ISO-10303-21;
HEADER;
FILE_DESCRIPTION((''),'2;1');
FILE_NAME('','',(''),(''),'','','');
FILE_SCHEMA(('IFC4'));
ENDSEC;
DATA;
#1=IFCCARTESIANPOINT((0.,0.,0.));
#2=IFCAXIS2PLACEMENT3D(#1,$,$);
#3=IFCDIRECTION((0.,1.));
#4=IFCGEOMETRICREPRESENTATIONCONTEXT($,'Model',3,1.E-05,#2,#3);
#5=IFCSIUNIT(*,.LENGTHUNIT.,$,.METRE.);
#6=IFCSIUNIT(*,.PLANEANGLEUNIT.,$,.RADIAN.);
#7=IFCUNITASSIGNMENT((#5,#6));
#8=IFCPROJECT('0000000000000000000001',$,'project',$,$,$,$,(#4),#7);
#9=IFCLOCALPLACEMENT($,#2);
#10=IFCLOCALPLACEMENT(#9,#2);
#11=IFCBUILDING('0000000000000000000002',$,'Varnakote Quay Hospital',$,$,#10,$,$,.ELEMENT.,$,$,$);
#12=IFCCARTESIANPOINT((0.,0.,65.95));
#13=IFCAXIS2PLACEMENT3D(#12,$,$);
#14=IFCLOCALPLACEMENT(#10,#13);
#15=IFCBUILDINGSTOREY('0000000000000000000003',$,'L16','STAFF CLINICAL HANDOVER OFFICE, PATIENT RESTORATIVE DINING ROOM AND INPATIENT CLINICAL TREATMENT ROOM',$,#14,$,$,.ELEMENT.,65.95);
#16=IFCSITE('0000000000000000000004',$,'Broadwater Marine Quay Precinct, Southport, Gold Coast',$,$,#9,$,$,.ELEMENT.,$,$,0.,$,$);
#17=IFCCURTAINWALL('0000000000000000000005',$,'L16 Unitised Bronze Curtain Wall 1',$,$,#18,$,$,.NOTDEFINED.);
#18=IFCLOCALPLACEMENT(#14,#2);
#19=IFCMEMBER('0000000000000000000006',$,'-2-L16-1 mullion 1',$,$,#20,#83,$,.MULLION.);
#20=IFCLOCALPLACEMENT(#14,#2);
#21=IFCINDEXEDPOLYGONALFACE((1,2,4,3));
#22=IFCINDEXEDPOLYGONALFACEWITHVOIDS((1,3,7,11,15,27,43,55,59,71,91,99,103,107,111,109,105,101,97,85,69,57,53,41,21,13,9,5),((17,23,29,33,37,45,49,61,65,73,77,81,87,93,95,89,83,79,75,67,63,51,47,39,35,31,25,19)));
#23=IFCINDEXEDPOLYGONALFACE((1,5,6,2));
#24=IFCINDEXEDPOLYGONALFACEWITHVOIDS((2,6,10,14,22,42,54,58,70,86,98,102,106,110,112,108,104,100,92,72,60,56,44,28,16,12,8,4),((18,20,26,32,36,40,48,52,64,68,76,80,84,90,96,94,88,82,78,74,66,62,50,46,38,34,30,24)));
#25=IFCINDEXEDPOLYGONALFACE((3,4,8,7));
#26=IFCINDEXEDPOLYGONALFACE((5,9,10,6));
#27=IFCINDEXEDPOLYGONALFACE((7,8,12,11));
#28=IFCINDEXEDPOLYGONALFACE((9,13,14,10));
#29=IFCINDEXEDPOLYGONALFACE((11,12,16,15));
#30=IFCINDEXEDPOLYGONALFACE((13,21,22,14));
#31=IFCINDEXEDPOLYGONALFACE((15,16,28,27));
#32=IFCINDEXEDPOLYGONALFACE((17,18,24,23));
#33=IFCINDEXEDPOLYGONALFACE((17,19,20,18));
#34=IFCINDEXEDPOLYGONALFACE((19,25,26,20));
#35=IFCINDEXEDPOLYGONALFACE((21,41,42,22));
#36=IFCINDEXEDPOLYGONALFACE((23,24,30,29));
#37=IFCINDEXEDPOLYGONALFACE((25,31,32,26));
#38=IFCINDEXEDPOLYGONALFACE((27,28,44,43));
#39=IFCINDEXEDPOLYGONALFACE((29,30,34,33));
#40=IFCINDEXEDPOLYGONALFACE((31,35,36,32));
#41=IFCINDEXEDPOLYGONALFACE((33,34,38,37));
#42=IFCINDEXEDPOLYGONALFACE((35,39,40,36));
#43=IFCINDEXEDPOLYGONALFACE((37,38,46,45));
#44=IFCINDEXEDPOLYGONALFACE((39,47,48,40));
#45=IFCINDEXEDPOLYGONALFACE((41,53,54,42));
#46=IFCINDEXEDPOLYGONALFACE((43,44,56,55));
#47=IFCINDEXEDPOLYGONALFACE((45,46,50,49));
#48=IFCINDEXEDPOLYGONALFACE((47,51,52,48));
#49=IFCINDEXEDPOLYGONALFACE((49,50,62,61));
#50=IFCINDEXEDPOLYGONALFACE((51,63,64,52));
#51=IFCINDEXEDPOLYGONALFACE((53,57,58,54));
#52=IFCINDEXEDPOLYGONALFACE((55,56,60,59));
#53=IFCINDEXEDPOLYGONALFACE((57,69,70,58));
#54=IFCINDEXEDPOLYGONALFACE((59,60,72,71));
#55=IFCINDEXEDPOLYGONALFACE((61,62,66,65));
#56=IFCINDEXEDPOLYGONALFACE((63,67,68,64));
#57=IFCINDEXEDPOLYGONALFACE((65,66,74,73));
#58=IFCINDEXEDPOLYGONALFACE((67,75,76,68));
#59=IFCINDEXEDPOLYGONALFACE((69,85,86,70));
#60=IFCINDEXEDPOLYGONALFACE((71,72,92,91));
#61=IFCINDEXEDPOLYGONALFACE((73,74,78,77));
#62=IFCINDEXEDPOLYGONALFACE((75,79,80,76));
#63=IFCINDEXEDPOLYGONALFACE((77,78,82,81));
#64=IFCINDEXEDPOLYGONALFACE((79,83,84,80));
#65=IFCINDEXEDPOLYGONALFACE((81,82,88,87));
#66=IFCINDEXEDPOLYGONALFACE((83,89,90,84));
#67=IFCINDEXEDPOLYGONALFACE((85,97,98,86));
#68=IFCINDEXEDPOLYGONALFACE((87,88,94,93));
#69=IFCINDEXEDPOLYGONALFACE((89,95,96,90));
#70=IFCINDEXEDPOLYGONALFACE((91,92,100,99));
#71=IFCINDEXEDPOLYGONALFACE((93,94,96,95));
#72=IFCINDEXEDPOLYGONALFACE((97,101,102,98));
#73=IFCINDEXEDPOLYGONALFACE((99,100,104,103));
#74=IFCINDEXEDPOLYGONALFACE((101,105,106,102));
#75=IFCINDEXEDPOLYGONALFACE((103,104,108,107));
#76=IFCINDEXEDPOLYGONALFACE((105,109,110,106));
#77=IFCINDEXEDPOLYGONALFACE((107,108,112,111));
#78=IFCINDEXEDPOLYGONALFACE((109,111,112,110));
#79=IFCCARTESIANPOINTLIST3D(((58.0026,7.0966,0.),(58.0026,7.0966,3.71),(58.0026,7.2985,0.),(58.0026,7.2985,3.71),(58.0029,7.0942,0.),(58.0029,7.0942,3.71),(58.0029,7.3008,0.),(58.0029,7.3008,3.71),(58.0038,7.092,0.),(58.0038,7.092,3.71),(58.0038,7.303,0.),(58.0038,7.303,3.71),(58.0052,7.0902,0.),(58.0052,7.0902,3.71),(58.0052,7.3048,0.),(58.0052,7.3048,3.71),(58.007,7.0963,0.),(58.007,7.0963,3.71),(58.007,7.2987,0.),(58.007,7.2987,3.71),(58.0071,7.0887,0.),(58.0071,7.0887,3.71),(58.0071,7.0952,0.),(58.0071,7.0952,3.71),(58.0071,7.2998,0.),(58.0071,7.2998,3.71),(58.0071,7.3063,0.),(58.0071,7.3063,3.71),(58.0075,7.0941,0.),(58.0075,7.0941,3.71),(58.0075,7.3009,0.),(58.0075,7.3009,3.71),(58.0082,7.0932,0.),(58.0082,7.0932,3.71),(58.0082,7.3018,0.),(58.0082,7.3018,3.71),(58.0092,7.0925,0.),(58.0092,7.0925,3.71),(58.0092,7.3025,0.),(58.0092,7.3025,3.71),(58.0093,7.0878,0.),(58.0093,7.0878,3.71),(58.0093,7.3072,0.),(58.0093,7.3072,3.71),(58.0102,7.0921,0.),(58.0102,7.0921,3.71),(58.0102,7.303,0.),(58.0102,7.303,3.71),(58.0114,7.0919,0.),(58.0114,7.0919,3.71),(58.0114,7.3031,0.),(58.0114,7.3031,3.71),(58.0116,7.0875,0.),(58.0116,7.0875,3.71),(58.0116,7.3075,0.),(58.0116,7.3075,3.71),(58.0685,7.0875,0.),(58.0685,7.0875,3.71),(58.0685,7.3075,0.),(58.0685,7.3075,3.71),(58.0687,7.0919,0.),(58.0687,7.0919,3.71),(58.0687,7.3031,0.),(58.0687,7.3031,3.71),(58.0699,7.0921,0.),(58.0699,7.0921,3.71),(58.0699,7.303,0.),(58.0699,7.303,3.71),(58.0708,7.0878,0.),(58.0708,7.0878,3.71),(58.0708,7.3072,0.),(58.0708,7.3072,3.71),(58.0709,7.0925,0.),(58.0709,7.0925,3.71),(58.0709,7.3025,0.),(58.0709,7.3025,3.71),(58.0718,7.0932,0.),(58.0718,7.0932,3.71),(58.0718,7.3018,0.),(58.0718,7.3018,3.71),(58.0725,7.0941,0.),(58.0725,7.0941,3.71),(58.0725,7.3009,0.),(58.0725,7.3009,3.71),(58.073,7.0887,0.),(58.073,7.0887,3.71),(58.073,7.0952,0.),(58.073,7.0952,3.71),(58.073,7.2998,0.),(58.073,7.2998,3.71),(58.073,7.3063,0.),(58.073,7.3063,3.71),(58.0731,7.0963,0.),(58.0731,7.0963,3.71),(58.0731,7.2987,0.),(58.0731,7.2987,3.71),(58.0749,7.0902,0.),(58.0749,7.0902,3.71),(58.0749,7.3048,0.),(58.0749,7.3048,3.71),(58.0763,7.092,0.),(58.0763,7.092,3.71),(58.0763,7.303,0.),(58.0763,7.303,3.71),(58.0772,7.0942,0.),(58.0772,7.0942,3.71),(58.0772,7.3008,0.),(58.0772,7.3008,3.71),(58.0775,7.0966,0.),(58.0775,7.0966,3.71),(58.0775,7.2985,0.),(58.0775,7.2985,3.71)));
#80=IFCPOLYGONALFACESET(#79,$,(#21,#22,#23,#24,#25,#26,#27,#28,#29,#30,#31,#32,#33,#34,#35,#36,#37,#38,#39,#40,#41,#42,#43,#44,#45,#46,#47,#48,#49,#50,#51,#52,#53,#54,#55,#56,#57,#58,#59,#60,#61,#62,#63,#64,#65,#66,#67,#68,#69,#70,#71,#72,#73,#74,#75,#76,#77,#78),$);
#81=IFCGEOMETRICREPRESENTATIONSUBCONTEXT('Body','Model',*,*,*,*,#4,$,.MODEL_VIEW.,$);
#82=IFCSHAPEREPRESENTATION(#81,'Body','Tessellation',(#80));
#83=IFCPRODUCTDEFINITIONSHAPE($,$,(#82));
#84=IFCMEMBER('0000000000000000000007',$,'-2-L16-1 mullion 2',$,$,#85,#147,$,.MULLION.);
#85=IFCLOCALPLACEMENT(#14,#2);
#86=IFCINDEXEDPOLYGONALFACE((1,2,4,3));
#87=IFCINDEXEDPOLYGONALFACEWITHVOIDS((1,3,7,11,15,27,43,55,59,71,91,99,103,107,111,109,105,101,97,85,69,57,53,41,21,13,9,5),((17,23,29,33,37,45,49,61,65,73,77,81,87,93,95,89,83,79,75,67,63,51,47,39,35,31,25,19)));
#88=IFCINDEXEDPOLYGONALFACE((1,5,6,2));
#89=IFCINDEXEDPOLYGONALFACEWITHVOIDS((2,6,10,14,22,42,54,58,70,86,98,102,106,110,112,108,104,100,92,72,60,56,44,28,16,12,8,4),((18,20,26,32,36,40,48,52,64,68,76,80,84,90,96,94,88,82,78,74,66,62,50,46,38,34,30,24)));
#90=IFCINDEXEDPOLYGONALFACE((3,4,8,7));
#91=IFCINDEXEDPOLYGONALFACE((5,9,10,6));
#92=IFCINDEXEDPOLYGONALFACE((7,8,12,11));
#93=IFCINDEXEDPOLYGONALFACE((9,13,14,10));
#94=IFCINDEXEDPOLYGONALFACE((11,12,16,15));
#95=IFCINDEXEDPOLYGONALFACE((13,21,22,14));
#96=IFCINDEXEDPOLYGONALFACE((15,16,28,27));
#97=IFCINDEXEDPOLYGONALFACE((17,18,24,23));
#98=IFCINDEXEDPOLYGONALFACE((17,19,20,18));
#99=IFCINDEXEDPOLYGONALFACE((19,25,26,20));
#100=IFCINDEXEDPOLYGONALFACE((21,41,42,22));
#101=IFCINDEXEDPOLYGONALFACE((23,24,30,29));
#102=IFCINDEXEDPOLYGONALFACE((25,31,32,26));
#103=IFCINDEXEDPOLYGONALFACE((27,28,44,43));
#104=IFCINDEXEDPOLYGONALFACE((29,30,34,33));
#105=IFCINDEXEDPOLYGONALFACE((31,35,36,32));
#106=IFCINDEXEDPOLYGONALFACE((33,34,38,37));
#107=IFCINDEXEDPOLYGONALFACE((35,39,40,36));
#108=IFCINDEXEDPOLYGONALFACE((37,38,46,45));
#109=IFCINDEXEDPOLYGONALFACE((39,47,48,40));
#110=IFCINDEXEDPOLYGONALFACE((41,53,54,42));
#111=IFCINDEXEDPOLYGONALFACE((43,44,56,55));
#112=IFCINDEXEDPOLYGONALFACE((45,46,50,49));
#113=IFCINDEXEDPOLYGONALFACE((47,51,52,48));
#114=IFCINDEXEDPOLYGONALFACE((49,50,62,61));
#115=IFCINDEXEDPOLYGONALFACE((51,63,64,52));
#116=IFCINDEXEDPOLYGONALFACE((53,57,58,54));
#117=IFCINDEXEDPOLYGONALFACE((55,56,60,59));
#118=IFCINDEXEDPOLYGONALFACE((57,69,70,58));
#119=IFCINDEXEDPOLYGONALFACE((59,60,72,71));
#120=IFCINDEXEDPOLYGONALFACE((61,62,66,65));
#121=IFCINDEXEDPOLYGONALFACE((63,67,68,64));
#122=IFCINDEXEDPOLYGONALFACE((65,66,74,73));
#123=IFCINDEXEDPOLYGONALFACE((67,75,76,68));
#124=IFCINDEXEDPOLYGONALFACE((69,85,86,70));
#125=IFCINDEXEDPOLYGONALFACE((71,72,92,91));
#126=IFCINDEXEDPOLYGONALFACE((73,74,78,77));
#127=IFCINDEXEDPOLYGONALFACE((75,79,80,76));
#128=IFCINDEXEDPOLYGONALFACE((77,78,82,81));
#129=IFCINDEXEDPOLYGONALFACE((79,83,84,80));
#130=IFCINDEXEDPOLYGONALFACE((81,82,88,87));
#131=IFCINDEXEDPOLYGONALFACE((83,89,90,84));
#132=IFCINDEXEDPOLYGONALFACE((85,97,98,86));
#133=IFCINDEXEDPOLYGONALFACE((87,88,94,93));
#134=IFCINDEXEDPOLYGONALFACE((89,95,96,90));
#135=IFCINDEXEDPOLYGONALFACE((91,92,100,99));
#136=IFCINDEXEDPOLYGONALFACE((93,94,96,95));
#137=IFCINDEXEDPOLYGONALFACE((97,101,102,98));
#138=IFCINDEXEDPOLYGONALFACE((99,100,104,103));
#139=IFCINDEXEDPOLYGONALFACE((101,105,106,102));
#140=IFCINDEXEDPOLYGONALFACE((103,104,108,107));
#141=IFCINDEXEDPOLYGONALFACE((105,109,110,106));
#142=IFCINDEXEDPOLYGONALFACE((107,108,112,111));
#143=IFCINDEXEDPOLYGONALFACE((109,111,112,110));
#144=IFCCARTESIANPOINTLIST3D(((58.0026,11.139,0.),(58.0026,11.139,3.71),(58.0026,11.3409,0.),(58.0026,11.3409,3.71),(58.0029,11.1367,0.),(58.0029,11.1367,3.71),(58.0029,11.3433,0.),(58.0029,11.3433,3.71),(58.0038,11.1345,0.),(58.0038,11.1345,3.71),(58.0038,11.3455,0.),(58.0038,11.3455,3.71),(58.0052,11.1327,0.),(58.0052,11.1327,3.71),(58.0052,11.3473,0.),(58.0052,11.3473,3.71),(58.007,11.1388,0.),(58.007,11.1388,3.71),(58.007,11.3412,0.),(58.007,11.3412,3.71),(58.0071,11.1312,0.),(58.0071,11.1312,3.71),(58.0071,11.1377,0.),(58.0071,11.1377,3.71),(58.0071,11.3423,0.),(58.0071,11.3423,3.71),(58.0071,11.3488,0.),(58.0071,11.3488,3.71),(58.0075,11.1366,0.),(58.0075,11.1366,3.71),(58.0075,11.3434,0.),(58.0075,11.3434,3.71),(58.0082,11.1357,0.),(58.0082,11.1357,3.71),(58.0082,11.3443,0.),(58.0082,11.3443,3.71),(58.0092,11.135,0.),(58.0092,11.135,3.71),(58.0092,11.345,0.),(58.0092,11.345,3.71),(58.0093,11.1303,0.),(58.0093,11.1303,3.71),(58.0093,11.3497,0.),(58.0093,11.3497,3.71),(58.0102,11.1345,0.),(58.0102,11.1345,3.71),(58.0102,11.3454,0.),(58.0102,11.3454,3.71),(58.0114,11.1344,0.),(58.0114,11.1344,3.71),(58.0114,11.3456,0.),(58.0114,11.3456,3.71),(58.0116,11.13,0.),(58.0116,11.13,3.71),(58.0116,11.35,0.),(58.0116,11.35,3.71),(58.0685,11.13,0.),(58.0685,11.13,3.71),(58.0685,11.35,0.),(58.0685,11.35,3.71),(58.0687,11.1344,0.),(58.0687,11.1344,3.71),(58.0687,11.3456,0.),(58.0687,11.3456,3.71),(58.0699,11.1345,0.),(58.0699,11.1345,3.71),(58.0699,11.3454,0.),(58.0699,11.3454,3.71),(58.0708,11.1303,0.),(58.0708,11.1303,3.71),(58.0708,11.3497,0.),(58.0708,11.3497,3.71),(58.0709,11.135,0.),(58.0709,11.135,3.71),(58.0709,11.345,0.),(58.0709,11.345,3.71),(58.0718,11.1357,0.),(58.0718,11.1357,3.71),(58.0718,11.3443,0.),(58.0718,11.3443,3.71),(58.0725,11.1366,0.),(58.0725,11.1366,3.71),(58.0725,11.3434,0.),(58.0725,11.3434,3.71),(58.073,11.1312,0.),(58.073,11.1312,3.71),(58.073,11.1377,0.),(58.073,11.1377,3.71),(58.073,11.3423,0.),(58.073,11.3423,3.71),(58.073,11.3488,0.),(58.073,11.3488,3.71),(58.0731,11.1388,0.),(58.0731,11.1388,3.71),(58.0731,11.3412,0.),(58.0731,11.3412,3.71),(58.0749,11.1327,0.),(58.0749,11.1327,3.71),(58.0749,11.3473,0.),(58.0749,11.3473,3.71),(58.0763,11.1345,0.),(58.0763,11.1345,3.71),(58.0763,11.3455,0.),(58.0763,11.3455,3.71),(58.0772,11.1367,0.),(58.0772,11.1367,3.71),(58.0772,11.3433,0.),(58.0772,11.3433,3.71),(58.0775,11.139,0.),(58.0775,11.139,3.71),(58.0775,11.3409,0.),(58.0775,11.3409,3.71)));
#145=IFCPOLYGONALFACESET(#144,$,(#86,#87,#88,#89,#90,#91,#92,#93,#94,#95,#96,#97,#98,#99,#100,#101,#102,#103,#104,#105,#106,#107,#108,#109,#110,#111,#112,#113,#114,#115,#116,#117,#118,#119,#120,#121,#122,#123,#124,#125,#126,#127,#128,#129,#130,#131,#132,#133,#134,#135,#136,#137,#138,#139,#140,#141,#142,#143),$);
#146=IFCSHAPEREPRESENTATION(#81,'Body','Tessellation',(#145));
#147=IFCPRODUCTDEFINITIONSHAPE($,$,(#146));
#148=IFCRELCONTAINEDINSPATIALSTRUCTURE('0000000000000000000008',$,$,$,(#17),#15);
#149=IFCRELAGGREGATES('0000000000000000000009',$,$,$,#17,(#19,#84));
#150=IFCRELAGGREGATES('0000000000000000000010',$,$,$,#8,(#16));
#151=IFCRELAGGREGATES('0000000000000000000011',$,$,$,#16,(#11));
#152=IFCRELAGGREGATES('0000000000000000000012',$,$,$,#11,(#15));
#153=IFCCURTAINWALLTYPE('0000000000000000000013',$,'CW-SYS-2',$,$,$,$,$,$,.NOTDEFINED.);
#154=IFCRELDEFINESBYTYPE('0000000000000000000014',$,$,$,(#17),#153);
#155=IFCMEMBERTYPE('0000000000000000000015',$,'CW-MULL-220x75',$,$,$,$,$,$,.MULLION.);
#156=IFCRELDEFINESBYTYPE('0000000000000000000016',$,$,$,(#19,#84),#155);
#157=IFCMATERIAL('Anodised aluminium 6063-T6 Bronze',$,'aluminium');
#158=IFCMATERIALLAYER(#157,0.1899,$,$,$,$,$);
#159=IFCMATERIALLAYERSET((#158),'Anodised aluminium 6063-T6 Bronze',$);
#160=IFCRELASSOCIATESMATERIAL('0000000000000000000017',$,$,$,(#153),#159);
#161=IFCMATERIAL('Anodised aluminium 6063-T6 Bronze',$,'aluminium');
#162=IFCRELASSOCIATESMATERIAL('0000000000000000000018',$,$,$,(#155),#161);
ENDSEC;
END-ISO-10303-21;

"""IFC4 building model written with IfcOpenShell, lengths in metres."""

from ifc_helpers import new_model, si_unit, direction, frame, origin, origin_2d, place, context, subcontext, project, spatial, hollow_rectangle, extrude, material, layer, layer_set, material_profile, profile_set, type_object, element, aggregate, save


model = new_model("IFC4")

# Units and contexts
model_context = context("Model", 3, precision=1e-05, world=origin(), true_north=direction((0.0, 1.0)))
body_context = subcontext(model_context, "Body", "Model", "MODEL_VIEW")
ifc_project = project(units=[si_unit("LENGTHUNIT", "METRE"), si_unit("PLANEANGLEUNIT", "RADIAN")], contexts=[model_context])

# Site, building, storey
site_placement = place(None, origin())
site = spatial("IfcSite", under=ifc_project, at=site_placement, Name="Broadwater Marine Quay Precinct, Southport, Gold Coast", CompositionType="ELEMENT", RefElevation=0.0)
building_placement = place(site_placement, origin())
building = spatial("IfcBuilding", under=site, at=building_placement, Name="Varnakote Quay Hospital", CompositionType="ELEMENT")
storey_placement = place(building_placement, frame((0.0, 0.0, 65.95)))
storey = spatial("IfcBuildingStorey", under=building, at=storey_placement, Name="L16", Description="STAFF CLINICAL HANDOVER OFFICE, PATIENT RESTORATIVE DINING ROOM AND INPATIENT CLINICAL TREATMENT ROOM", CompositionType="ELEMENT", Elevation=65.95)

# Curtain wall, members
ifc_material_1 = material(Name="Anodised aluminium 6063-T6 Bronze", Category="aluminium")
ifc_layer_1 = layer(ifc_material_1, 0.1899)
ifc_layer_set_1 = layer_set([ifc_layer_1], Name="Anodised aluminium 6063-T6 Bronze")
curtain_wall_type = type_object("IfcCurtainWallType", Name="CW-SYS-2", PredefinedType="NOTDEFINED", material=ifc_layer_set_1)
curtain_wall_placement = place(storey_placement, origin())
curtain_wall = element("IfcCurtainWall", 1, at=curtain_wall_placement, inside=storey, type_object=curtain_wall_type, Name="L16 Unitised Bronze Curtain Wall 1", PredefinedType="NOTDEFINED")
ifc_material_2 = material(Name="Anodised aluminium 6063-T6 Bronze", Category="aluminium")
ifc_material_profile_1 = material_profile(ifc_material_2, hollow_rectangle(XDim=0.075, YDim=0.22, WallThickness=0.0044, InnerFilletRadius=0.0044, OuterFilletRadius=0.009, at=origin_2d()), Name="CW-MULL-220x75")
ifc_profile_set_1 = profile_set([ifc_material_profile_1], Name="Anodised aluminium 6063-T6 Bronze")
member_type_1 = type_object("IfcMemberType", Name="CW-MULL-220x75", PredefinedType="MULLION", material=ifc_profile_set_1)
member_1_placement = place(storey_placement, frame((58.04, 7.1975, 0.0), z_axis=(0.0, 0.0, 1.0), x_axis=(-1.0, 0.0, 0.0)))
member_1 = element("IfcMember", 2, at=member_1_placement, type_object=member_type_1, Name="-2-L16-1 mullion 1", PredefinedType="MULLION", context=body_context, shape_type="SweptSolid", body=[
    extrude(hollow_rectangle(XDim=0.075, YDim=0.22, WallThickness=0.0044, InnerFilletRadius=0.0044, OuterFilletRadius=0.009, at=origin_2d()), origin(), (0.0, 0.0, 1.0), 3.71),
])
member_2_placement = place(storey_placement, frame((58.04, 11.24, 0.0), z_axis=(0.0, 0.0, 1.0), x_axis=(-1.0, 0.0, 0.0)))
member_2 = element("IfcMember", 3, at=member_2_placement, type_object=member_type_1, Name="-2-L16-1 mullion 2", PredefinedType="MULLION", context=body_context, shape_type="SweptSolid", body=[
    extrude(hollow_rectangle(XDim=0.075, YDim=0.22, WallThickness=0.0044, InnerFilletRadius=0.0044, OuterFilletRadius=0.009, at=origin_2d()), origin(), (0.0, 0.0, 1.0), 3.71),
])
aggregate(curtain_wall, [member_1, member_2])

save(model, "model.ifc")
